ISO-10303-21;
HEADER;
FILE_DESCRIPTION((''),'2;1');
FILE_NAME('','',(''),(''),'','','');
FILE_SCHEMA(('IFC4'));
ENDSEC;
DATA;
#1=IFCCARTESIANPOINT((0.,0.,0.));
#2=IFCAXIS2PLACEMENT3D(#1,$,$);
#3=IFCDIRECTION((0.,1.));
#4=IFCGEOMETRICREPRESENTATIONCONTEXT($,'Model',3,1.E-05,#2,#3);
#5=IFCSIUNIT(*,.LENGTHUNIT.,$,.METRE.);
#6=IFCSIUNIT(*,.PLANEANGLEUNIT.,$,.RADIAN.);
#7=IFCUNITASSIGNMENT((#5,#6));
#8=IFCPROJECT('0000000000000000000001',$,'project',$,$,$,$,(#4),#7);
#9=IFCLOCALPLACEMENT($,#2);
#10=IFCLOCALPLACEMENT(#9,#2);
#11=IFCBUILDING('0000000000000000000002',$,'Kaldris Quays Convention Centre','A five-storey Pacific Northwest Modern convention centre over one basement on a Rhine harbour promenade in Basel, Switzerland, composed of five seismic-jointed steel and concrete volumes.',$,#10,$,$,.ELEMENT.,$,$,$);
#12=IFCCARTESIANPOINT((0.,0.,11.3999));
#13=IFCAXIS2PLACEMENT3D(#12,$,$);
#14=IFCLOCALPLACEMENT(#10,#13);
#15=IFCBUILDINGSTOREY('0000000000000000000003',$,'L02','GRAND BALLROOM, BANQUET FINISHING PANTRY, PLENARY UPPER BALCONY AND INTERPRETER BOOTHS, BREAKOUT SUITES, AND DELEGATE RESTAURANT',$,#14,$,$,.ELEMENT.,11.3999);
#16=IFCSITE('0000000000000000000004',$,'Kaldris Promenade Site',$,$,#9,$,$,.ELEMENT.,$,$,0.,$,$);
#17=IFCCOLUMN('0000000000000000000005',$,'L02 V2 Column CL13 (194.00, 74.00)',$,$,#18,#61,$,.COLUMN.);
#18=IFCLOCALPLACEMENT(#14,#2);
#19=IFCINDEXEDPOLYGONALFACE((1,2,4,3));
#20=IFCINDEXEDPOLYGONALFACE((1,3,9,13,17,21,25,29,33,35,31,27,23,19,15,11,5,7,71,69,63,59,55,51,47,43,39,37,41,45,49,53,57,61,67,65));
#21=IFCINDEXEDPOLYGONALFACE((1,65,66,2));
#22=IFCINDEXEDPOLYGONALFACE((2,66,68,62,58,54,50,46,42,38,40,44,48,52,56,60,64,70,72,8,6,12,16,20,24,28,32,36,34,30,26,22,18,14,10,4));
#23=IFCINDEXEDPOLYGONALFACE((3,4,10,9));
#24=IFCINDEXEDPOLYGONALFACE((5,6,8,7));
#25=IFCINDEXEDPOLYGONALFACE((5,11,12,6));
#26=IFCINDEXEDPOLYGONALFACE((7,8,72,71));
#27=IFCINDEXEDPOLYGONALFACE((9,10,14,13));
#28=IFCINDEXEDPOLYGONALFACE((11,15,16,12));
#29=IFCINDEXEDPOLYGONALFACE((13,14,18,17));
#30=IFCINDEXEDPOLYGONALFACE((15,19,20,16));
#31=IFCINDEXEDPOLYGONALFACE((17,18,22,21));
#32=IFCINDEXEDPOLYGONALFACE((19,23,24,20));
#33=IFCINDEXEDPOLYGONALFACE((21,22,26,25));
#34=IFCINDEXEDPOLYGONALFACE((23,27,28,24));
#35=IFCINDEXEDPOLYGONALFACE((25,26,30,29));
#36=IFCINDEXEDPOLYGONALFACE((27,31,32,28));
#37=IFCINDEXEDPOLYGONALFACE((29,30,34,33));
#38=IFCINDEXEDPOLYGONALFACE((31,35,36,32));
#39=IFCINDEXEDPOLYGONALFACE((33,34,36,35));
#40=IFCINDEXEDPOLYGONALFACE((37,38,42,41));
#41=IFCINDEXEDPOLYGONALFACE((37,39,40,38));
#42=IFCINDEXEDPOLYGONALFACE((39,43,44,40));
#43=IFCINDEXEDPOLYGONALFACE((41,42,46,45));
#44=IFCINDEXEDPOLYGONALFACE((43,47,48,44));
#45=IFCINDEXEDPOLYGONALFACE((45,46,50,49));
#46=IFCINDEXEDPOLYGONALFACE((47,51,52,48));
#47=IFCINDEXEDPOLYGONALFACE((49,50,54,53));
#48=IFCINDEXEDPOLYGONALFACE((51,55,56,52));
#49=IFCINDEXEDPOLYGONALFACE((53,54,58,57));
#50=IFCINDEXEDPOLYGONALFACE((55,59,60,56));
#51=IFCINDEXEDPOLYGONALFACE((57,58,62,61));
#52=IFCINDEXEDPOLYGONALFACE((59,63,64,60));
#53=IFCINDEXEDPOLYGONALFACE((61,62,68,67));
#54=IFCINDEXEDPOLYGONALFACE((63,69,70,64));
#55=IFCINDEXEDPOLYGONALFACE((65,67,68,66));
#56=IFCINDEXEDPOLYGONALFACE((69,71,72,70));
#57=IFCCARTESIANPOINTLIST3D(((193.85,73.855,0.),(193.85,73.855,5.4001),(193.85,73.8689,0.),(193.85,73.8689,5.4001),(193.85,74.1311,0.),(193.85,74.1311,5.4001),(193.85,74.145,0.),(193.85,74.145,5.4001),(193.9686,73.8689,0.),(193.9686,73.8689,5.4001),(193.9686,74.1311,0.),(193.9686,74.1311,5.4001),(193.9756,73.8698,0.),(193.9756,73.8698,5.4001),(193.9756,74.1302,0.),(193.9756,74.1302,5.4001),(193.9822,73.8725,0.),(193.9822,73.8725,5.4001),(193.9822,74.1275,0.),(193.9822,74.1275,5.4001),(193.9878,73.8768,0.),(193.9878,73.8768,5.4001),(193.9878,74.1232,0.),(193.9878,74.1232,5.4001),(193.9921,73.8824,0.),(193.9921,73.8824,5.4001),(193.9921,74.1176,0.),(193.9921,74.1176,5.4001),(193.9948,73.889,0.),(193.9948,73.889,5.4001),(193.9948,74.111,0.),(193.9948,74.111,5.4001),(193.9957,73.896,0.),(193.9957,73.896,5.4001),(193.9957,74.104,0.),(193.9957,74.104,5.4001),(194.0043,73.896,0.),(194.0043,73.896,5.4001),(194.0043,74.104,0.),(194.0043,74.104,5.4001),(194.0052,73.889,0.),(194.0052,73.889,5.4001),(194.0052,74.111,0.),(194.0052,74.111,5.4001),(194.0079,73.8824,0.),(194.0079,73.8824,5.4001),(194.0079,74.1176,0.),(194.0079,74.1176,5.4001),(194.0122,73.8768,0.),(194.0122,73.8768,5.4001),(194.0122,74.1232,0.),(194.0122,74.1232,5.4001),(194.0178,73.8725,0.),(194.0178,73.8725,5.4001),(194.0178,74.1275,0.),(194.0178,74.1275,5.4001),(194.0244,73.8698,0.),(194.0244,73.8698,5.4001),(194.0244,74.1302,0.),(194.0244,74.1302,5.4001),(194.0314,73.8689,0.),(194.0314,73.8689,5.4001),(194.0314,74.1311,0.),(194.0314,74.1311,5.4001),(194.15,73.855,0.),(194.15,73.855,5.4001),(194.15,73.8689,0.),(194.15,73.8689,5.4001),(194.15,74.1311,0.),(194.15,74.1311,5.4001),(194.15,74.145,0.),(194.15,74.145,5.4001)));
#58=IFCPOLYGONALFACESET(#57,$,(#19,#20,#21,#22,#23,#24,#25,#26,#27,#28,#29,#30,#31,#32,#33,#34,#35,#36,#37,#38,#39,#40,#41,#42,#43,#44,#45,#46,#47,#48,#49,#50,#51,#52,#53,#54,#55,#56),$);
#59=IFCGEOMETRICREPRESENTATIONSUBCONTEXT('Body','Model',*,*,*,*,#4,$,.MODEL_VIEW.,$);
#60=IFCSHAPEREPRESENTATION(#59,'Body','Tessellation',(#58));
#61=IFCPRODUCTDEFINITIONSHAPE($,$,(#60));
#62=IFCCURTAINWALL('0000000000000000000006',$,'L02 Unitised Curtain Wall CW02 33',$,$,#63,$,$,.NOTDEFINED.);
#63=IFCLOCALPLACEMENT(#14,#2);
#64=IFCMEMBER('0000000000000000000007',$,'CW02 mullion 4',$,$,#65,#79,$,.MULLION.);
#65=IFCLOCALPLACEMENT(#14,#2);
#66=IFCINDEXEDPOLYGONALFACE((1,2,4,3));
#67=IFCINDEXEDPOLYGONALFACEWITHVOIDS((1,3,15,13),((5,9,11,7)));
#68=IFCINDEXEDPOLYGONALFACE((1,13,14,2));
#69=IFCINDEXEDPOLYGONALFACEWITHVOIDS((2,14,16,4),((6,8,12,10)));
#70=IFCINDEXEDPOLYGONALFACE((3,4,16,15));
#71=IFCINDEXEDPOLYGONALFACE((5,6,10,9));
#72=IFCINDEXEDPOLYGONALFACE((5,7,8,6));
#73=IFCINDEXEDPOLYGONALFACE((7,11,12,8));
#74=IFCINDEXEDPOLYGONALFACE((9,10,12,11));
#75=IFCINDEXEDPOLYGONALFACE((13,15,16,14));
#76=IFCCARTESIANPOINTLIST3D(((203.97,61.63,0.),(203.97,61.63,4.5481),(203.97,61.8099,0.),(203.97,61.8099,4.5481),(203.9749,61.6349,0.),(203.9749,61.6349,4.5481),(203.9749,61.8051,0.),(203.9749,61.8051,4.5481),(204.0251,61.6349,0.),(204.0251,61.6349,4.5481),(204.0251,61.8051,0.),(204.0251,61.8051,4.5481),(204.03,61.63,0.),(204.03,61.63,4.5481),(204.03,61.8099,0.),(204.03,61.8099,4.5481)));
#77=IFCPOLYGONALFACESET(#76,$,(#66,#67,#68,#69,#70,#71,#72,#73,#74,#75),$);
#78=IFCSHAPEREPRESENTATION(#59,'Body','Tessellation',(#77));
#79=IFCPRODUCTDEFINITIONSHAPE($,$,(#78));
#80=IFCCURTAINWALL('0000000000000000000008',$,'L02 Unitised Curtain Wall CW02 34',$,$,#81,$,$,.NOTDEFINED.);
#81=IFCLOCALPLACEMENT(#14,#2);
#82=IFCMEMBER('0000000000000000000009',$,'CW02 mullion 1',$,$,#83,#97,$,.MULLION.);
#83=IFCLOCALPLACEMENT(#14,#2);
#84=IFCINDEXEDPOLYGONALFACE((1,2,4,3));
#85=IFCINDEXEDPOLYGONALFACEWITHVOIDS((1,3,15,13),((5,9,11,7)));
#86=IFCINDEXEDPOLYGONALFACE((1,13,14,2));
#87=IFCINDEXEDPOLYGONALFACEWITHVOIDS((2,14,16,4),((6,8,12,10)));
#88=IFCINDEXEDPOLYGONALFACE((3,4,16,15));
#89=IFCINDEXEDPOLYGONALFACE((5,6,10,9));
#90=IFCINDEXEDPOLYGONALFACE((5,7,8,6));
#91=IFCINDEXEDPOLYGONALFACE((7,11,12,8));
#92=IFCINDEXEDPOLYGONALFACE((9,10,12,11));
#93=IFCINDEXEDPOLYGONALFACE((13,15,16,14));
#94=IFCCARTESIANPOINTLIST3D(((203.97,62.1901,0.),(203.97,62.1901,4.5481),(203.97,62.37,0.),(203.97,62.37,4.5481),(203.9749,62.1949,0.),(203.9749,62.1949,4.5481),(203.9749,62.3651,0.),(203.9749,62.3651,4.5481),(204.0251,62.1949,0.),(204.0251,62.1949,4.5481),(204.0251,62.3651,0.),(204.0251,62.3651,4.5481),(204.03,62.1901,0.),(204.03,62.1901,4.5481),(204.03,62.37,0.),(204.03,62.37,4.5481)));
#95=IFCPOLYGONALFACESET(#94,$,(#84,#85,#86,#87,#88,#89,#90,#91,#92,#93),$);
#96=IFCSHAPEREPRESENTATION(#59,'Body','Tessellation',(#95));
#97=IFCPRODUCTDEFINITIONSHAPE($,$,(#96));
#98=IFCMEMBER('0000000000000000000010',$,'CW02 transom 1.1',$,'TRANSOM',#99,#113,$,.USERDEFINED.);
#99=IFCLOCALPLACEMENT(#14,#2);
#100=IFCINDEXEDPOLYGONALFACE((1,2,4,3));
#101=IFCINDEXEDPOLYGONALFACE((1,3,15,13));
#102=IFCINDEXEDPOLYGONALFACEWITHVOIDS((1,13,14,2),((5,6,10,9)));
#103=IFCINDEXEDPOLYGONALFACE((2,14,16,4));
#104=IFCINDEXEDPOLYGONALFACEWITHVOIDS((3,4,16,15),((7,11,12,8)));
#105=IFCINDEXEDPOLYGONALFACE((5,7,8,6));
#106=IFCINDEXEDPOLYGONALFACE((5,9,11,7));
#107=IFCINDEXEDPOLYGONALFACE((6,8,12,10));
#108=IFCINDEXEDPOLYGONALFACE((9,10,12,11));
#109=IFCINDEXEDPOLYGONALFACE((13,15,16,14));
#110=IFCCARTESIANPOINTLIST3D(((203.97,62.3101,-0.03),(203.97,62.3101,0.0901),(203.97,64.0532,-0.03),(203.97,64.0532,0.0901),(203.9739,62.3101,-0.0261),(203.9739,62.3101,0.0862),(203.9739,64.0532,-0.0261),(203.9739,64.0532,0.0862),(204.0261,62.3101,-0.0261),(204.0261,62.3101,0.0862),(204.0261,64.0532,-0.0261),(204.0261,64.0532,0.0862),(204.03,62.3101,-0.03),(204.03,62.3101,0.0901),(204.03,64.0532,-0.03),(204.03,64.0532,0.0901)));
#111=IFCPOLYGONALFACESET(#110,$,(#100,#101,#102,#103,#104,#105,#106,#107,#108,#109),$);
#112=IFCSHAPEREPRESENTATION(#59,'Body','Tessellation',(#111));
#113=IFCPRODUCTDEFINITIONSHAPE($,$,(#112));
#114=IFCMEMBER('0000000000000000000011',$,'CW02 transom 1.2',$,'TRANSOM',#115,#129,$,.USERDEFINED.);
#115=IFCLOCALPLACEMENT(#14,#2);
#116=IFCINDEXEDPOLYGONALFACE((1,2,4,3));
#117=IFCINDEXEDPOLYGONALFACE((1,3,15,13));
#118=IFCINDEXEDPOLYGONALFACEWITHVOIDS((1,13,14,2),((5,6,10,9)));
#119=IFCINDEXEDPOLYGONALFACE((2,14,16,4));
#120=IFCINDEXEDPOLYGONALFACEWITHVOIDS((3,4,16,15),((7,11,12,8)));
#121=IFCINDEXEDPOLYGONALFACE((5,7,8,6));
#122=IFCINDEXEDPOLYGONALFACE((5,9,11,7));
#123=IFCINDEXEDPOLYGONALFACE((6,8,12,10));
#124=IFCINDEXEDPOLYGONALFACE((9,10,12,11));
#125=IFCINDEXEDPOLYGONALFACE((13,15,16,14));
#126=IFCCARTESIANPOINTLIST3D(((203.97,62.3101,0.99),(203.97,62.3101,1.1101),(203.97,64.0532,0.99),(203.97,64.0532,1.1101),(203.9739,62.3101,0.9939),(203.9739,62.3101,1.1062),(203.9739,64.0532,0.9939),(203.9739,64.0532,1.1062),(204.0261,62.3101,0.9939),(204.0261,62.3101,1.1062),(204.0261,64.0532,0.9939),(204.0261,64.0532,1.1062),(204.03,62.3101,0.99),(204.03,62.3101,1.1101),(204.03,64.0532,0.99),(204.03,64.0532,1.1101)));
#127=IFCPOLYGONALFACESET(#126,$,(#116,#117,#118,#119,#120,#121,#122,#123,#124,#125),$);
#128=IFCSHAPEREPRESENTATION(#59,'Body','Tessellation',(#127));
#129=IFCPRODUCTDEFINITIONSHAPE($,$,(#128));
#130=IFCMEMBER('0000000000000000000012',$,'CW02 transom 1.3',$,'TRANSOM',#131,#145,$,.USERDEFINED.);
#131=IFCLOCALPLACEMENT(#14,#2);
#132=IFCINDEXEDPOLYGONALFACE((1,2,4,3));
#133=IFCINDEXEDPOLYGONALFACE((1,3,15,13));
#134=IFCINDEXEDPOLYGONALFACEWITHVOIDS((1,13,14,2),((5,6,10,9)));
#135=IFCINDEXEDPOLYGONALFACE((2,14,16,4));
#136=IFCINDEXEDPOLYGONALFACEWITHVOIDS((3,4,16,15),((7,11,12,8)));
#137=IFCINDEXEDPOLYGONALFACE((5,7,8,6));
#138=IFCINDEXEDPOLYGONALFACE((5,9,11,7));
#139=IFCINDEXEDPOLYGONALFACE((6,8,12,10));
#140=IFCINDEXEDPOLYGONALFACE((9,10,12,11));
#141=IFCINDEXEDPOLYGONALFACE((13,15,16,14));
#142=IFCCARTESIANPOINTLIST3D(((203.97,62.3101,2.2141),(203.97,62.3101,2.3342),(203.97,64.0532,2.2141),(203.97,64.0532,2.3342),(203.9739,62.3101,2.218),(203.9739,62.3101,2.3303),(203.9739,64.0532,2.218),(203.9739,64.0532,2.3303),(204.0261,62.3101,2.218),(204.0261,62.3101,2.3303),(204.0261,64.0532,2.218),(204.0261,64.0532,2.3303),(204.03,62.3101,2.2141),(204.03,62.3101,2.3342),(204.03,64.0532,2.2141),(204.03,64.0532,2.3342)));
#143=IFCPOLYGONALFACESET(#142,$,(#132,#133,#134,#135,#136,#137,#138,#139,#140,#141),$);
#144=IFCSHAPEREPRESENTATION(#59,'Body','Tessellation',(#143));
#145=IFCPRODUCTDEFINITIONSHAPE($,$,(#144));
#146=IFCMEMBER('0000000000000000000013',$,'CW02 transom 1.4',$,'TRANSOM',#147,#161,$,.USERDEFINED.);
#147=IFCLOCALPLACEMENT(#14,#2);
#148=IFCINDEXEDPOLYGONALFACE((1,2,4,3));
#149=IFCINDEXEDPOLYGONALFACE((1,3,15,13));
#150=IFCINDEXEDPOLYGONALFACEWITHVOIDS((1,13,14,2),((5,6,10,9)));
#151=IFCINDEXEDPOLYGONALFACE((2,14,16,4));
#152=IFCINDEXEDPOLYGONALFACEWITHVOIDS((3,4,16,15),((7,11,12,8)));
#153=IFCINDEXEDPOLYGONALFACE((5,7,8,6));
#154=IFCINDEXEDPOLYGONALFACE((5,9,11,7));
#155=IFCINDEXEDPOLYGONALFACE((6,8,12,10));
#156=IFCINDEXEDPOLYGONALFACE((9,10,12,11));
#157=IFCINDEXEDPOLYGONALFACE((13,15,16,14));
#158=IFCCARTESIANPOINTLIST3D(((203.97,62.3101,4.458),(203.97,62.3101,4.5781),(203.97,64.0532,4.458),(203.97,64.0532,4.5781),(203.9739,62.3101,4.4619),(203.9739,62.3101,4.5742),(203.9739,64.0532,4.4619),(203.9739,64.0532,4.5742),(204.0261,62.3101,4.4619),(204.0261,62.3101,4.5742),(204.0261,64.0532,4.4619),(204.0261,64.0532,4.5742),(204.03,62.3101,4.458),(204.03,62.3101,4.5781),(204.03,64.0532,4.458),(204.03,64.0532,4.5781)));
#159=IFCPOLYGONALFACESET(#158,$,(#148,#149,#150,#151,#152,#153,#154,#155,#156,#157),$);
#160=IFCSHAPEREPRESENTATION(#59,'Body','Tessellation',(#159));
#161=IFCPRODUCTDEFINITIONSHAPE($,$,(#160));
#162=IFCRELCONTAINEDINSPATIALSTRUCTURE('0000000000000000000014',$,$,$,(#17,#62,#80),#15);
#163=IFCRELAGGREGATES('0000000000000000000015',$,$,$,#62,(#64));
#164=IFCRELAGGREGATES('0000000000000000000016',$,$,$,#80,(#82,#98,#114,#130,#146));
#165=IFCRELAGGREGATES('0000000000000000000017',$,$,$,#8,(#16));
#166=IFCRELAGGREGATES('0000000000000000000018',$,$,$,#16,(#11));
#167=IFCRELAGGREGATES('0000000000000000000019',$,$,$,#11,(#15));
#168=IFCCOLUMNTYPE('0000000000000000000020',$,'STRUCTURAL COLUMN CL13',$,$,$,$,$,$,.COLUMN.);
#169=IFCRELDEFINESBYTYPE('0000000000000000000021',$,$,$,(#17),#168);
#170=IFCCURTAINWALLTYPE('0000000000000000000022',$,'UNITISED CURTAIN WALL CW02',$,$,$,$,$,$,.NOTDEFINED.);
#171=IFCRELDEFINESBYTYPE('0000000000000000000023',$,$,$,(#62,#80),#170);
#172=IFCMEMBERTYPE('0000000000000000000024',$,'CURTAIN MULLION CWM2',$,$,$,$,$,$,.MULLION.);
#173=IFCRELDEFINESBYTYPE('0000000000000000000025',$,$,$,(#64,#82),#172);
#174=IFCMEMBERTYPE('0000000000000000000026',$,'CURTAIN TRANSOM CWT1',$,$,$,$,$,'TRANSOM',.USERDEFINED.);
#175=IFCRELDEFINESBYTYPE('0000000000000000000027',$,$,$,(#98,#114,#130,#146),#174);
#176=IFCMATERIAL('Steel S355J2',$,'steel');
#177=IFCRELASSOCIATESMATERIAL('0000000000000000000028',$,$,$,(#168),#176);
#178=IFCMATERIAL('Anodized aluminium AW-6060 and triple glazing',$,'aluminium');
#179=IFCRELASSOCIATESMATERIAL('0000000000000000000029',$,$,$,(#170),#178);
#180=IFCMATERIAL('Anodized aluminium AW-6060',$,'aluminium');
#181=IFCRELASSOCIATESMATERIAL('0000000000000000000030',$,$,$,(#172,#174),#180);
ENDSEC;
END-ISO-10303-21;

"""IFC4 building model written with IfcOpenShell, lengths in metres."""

from ifc_helpers import new_model, si_unit, direction, frame, origin, origin_2d, place, context, subcontext, project, spatial, hollow_rectangle, i_section, extrude, material, material_profile, profile_set, type_object, element, aggregate, save


model = new_model("IFC4")

# Units and contexts
model_context = context("Model", 3, precision=1e-05, world=origin(), true_north=direction((0.0, 1.0)))
body_context = subcontext(model_context, "Body", "Model", "MODEL_VIEW")
ifc_project = project(units=[si_unit("LENGTHUNIT", "METRE"), si_unit("PLANEANGLEUNIT", "RADIAN")], contexts=[model_context])

# Site, building, storey
site_placement = place(None, origin())
site = spatial("IfcSite", under=ifc_project, at=site_placement, Name="Kaldris Promenade Site", CompositionType="ELEMENT", RefElevation=0.0)
building_placement = place(site_placement, origin())
building = spatial("IfcBuilding", under=site, at=building_placement, Name="Kaldris Quays Convention Centre", Description="A five-storey Pacific Northwest Modern convention centre over one basement on a Rhine harbour promenade in Basel, Switzerland, composed of five seismic-jointed steel and concrete volumes.", CompositionType="ELEMENT")
storey_placement = place(building_placement, frame((0.0, 0.0, 11.3999)))
storey = spatial("IfcBuildingStorey", under=building, at=storey_placement, Name="L02", Description="GRAND BALLROOM, BANQUET FINISHING PANTRY, PLENARY UPPER BALCONY AND INTERPRETER BOOTHS, BREAKOUT SUITES, AND DELEGATE RESTAURANT", CompositionType="ELEMENT", Elevation=11.3999)

# Column
ifc_material_1 = material(Name="Steel S355J2", Category="steel")
ifc_material_profile_1 = material_profile(ifc_material_1, i_section(OverallWidth=0.3, OverallDepth=0.29, WebThickness=0.0085, FlangeThickness=0.0139, FilletRadius=0.0271, at=origin_2d()), Name="HEA 300")
ifc_profile_set_1 = profile_set([ifc_material_profile_1], Name="Steel S355J2")
column_type_1 = type_object("IfcColumnType", Name="STRUCTURAL COLUMN CL13", PredefinedType="COLUMN", material=ifc_profile_set_1)
for number, where, z_axis, x_axis, name in (
    (1, (194.0, 74.0, 0.0), (0.0, 0.0, 1.0), (1.0, 0.0, 0.0), "L02 V2 Column CL13 (194.00, 74.00)"),
):
    element("IfcColumn", number, at=place(storey_placement, frame(where, z_axis=z_axis, x_axis=x_axis)), inside=storey, type_object=column_type_1, Name=name, PredefinedType="COLUMN", context=body_context, shape_type="SweptSolid", body=[
        extrude(i_section(OverallWidth=0.3, OverallDepth=0.29, WebThickness=0.0085, FlangeThickness=0.0139, FilletRadius=0.0271, at=origin_2d()), origin(), (0.0, 0.0, 1.0), 5.4001),
    ])

# Curtain wall, member
ifc_material_2 = material(Name="Anodized aluminium AW-6060 and triple glazing", Category="aluminium")
curtain_wall_type = type_object("IfcCurtainWallType", Name="UNITISED CURTAIN WALL CW02", PredefinedType="NOTDEFINED", material=ifc_material_2)
curtain_wall_1_placement = place(storey_placement, origin())
curtain_wall_1 = element("IfcCurtainWall", 2, at=curtain_wall_1_placement, inside=storey, type_object=curtain_wall_type, Name="L02 Unitised Curtain Wall CW02 33", PredefinedType="NOTDEFINED")
ifc_material_3 = material(Name="Anodized aluminium AW-6060", Category="aluminium")
ifc_material_profile_2 = material_profile(ifc_material_3, hollow_rectangle(XDim=0.0601, YDim=0.1799, WallThickness=0.0049, at=origin_2d()), Name="RHS 180x60x5")
ifc_profile_set_2 = profile_set([ifc_material_profile_2], Name="Anodized aluminium AW-6060")
member_type_1 = type_object("IfcMemberType", Name="CURTAIN MULLION CWM2", PredefinedType="MULLION", material=ifc_profile_set_2)
member_1_placement = place(storey_placement, frame((204.0, 61.72, 0.0), z_axis=(0.0, 0.0, 1.0), x_axis=(-1.0, 0.0, 0.0)))
member_1 = element("IfcMember", 3, at=member_1_placement, type_object=member_type_1, Name="CW02 mullion 4", PredefinedType="MULLION", context=body_context, shape_type="SweptSolid", body=[
    extrude(hollow_rectangle(XDim=0.0601, YDim=0.1799, WallThickness=0.0049, at=origin_2d()), origin(), (0.0, 0.0, 1.0), 4.5481),
])
aggregate(curtain_wall_1, [member_1])

# Curtain wall, members
curtain_wall_2_placement = place(storey_placement, origin())
curtain_wall_2 = element("IfcCurtainWall", 4, at=curtain_wall_2_placement, inside=storey, type_object=curtain_wall_type, Name="L02 Unitised Curtain Wall CW02 34", PredefinedType="NOTDEFINED")
member_2_placement = place(storey_placement, frame((204.0, 62.28, 0.0), z_axis=(0.0, 0.0, 1.0), x_axis=(-1.0, 0.0, 0.0)))
member_2 = element("IfcMember", 5, at=member_2_placement, type_object=member_type_1, Name="CW02 mullion 1", PredefinedType="MULLION", context=body_context, shape_type="SweptSolid", body=[
    extrude(hollow_rectangle(XDim=0.0601, YDim=0.1799, WallThickness=0.0049, at=origin_2d()), origin(), (0.0, 0.0, 1.0), 4.5481),
])
ifc_material_profile_3 = material_profile(ifc_material_3, hollow_rectangle(XDim=0.0601, YDim=0.1201, WallThickness=0.0039, at=origin_2d()), Name="RHS 120x60x4")
ifc_profile_set_3 = profile_set([ifc_material_profile_3], Name="Anodized aluminium AW-6060")
member_type_2 = type_object("IfcMemberType", Name="CURTAIN TRANSOM CWT1", ElementType="TRANSOM", PredefinedType="USERDEFINED", material=ifc_profile_set_3)
member_3_placement = place(storey_placement, frame((204.0, 62.3101, 0.03), z_axis=(0.0, 1.0, 0.0), x_axis=(-1.0, 0.0, 0.0)))
member_3 = element("IfcMember", 6, at=member_3_placement, type_object=member_type_2, Name="CW02 transom 1.1", ObjectType="TRANSOM", PredefinedType="USERDEFINED", context=body_context, shape_type="SweptSolid", body=[
    extrude(hollow_rectangle(XDim=0.0601, YDim=0.1201, WallThickness=0.0039, at=origin_2d()), origin(), (0.0, 0.0, 1.0), 1.7432),
])
member_4_placement = place(storey_placement, frame((204.0, 62.3101, 1.05), z_axis=(0.0, 1.0, 0.0), x_axis=(-1.0, 0.0, 0.0)))
member_4 = element("IfcMember", 7, at=member_4_placement, type_object=member_type_2, Name="CW02 transom 1.2", ObjectType="TRANSOM", PredefinedType="USERDEFINED", context=body_context, shape_type="SweptSolid", body=[
    extrude(hollow_rectangle(XDim=0.0601, YDim=0.1201, WallThickness=0.0039, at=origin_2d()), origin(), (0.0, 0.0, 1.0), 1.7432),
])
member_5_placement = place(storey_placement, frame((204.0, 62.3101, 2.2742), z_axis=(0.0, 1.0, 0.0), x_axis=(-1.0, 0.0, 0.0)))
member_5 = element("IfcMember", 8, at=member_5_placement, type_object=member_type_2, Name="CW02 transom 1.3", ObjectType="TRANSOM", PredefinedType="USERDEFINED", context=body_context, shape_type="SweptSolid", body=[
    extrude(hollow_rectangle(XDim=0.0601, YDim=0.1201, WallThickness=0.0039, at=origin_2d()), origin(), (0.0, 0.0, 1.0), 1.7432),
])
member_6_placement = place(storey_placement, frame((204.0, 62.3101, 4.5181), z_axis=(0.0, 1.0, 0.0), x_axis=(-1.0, 0.0, 0.0)))
member_6 = element("IfcMember", 9, at=member_6_placement, type_object=member_type_2, Name="CW02 transom 1.4", ObjectType="TRANSOM", PredefinedType="USERDEFINED", context=body_context, shape_type="SweptSolid", body=[
    extrude(hollow_rectangle(XDim=0.0601, YDim=0.1201, WallThickness=0.0039, at=origin_2d()), origin(), (0.0, 0.0, 1.0), 1.7432),
])

aggregate(curtain_wall_2, [member_2, member_3, member_4, member_5, member_6])

save(model, "model.ifc")
